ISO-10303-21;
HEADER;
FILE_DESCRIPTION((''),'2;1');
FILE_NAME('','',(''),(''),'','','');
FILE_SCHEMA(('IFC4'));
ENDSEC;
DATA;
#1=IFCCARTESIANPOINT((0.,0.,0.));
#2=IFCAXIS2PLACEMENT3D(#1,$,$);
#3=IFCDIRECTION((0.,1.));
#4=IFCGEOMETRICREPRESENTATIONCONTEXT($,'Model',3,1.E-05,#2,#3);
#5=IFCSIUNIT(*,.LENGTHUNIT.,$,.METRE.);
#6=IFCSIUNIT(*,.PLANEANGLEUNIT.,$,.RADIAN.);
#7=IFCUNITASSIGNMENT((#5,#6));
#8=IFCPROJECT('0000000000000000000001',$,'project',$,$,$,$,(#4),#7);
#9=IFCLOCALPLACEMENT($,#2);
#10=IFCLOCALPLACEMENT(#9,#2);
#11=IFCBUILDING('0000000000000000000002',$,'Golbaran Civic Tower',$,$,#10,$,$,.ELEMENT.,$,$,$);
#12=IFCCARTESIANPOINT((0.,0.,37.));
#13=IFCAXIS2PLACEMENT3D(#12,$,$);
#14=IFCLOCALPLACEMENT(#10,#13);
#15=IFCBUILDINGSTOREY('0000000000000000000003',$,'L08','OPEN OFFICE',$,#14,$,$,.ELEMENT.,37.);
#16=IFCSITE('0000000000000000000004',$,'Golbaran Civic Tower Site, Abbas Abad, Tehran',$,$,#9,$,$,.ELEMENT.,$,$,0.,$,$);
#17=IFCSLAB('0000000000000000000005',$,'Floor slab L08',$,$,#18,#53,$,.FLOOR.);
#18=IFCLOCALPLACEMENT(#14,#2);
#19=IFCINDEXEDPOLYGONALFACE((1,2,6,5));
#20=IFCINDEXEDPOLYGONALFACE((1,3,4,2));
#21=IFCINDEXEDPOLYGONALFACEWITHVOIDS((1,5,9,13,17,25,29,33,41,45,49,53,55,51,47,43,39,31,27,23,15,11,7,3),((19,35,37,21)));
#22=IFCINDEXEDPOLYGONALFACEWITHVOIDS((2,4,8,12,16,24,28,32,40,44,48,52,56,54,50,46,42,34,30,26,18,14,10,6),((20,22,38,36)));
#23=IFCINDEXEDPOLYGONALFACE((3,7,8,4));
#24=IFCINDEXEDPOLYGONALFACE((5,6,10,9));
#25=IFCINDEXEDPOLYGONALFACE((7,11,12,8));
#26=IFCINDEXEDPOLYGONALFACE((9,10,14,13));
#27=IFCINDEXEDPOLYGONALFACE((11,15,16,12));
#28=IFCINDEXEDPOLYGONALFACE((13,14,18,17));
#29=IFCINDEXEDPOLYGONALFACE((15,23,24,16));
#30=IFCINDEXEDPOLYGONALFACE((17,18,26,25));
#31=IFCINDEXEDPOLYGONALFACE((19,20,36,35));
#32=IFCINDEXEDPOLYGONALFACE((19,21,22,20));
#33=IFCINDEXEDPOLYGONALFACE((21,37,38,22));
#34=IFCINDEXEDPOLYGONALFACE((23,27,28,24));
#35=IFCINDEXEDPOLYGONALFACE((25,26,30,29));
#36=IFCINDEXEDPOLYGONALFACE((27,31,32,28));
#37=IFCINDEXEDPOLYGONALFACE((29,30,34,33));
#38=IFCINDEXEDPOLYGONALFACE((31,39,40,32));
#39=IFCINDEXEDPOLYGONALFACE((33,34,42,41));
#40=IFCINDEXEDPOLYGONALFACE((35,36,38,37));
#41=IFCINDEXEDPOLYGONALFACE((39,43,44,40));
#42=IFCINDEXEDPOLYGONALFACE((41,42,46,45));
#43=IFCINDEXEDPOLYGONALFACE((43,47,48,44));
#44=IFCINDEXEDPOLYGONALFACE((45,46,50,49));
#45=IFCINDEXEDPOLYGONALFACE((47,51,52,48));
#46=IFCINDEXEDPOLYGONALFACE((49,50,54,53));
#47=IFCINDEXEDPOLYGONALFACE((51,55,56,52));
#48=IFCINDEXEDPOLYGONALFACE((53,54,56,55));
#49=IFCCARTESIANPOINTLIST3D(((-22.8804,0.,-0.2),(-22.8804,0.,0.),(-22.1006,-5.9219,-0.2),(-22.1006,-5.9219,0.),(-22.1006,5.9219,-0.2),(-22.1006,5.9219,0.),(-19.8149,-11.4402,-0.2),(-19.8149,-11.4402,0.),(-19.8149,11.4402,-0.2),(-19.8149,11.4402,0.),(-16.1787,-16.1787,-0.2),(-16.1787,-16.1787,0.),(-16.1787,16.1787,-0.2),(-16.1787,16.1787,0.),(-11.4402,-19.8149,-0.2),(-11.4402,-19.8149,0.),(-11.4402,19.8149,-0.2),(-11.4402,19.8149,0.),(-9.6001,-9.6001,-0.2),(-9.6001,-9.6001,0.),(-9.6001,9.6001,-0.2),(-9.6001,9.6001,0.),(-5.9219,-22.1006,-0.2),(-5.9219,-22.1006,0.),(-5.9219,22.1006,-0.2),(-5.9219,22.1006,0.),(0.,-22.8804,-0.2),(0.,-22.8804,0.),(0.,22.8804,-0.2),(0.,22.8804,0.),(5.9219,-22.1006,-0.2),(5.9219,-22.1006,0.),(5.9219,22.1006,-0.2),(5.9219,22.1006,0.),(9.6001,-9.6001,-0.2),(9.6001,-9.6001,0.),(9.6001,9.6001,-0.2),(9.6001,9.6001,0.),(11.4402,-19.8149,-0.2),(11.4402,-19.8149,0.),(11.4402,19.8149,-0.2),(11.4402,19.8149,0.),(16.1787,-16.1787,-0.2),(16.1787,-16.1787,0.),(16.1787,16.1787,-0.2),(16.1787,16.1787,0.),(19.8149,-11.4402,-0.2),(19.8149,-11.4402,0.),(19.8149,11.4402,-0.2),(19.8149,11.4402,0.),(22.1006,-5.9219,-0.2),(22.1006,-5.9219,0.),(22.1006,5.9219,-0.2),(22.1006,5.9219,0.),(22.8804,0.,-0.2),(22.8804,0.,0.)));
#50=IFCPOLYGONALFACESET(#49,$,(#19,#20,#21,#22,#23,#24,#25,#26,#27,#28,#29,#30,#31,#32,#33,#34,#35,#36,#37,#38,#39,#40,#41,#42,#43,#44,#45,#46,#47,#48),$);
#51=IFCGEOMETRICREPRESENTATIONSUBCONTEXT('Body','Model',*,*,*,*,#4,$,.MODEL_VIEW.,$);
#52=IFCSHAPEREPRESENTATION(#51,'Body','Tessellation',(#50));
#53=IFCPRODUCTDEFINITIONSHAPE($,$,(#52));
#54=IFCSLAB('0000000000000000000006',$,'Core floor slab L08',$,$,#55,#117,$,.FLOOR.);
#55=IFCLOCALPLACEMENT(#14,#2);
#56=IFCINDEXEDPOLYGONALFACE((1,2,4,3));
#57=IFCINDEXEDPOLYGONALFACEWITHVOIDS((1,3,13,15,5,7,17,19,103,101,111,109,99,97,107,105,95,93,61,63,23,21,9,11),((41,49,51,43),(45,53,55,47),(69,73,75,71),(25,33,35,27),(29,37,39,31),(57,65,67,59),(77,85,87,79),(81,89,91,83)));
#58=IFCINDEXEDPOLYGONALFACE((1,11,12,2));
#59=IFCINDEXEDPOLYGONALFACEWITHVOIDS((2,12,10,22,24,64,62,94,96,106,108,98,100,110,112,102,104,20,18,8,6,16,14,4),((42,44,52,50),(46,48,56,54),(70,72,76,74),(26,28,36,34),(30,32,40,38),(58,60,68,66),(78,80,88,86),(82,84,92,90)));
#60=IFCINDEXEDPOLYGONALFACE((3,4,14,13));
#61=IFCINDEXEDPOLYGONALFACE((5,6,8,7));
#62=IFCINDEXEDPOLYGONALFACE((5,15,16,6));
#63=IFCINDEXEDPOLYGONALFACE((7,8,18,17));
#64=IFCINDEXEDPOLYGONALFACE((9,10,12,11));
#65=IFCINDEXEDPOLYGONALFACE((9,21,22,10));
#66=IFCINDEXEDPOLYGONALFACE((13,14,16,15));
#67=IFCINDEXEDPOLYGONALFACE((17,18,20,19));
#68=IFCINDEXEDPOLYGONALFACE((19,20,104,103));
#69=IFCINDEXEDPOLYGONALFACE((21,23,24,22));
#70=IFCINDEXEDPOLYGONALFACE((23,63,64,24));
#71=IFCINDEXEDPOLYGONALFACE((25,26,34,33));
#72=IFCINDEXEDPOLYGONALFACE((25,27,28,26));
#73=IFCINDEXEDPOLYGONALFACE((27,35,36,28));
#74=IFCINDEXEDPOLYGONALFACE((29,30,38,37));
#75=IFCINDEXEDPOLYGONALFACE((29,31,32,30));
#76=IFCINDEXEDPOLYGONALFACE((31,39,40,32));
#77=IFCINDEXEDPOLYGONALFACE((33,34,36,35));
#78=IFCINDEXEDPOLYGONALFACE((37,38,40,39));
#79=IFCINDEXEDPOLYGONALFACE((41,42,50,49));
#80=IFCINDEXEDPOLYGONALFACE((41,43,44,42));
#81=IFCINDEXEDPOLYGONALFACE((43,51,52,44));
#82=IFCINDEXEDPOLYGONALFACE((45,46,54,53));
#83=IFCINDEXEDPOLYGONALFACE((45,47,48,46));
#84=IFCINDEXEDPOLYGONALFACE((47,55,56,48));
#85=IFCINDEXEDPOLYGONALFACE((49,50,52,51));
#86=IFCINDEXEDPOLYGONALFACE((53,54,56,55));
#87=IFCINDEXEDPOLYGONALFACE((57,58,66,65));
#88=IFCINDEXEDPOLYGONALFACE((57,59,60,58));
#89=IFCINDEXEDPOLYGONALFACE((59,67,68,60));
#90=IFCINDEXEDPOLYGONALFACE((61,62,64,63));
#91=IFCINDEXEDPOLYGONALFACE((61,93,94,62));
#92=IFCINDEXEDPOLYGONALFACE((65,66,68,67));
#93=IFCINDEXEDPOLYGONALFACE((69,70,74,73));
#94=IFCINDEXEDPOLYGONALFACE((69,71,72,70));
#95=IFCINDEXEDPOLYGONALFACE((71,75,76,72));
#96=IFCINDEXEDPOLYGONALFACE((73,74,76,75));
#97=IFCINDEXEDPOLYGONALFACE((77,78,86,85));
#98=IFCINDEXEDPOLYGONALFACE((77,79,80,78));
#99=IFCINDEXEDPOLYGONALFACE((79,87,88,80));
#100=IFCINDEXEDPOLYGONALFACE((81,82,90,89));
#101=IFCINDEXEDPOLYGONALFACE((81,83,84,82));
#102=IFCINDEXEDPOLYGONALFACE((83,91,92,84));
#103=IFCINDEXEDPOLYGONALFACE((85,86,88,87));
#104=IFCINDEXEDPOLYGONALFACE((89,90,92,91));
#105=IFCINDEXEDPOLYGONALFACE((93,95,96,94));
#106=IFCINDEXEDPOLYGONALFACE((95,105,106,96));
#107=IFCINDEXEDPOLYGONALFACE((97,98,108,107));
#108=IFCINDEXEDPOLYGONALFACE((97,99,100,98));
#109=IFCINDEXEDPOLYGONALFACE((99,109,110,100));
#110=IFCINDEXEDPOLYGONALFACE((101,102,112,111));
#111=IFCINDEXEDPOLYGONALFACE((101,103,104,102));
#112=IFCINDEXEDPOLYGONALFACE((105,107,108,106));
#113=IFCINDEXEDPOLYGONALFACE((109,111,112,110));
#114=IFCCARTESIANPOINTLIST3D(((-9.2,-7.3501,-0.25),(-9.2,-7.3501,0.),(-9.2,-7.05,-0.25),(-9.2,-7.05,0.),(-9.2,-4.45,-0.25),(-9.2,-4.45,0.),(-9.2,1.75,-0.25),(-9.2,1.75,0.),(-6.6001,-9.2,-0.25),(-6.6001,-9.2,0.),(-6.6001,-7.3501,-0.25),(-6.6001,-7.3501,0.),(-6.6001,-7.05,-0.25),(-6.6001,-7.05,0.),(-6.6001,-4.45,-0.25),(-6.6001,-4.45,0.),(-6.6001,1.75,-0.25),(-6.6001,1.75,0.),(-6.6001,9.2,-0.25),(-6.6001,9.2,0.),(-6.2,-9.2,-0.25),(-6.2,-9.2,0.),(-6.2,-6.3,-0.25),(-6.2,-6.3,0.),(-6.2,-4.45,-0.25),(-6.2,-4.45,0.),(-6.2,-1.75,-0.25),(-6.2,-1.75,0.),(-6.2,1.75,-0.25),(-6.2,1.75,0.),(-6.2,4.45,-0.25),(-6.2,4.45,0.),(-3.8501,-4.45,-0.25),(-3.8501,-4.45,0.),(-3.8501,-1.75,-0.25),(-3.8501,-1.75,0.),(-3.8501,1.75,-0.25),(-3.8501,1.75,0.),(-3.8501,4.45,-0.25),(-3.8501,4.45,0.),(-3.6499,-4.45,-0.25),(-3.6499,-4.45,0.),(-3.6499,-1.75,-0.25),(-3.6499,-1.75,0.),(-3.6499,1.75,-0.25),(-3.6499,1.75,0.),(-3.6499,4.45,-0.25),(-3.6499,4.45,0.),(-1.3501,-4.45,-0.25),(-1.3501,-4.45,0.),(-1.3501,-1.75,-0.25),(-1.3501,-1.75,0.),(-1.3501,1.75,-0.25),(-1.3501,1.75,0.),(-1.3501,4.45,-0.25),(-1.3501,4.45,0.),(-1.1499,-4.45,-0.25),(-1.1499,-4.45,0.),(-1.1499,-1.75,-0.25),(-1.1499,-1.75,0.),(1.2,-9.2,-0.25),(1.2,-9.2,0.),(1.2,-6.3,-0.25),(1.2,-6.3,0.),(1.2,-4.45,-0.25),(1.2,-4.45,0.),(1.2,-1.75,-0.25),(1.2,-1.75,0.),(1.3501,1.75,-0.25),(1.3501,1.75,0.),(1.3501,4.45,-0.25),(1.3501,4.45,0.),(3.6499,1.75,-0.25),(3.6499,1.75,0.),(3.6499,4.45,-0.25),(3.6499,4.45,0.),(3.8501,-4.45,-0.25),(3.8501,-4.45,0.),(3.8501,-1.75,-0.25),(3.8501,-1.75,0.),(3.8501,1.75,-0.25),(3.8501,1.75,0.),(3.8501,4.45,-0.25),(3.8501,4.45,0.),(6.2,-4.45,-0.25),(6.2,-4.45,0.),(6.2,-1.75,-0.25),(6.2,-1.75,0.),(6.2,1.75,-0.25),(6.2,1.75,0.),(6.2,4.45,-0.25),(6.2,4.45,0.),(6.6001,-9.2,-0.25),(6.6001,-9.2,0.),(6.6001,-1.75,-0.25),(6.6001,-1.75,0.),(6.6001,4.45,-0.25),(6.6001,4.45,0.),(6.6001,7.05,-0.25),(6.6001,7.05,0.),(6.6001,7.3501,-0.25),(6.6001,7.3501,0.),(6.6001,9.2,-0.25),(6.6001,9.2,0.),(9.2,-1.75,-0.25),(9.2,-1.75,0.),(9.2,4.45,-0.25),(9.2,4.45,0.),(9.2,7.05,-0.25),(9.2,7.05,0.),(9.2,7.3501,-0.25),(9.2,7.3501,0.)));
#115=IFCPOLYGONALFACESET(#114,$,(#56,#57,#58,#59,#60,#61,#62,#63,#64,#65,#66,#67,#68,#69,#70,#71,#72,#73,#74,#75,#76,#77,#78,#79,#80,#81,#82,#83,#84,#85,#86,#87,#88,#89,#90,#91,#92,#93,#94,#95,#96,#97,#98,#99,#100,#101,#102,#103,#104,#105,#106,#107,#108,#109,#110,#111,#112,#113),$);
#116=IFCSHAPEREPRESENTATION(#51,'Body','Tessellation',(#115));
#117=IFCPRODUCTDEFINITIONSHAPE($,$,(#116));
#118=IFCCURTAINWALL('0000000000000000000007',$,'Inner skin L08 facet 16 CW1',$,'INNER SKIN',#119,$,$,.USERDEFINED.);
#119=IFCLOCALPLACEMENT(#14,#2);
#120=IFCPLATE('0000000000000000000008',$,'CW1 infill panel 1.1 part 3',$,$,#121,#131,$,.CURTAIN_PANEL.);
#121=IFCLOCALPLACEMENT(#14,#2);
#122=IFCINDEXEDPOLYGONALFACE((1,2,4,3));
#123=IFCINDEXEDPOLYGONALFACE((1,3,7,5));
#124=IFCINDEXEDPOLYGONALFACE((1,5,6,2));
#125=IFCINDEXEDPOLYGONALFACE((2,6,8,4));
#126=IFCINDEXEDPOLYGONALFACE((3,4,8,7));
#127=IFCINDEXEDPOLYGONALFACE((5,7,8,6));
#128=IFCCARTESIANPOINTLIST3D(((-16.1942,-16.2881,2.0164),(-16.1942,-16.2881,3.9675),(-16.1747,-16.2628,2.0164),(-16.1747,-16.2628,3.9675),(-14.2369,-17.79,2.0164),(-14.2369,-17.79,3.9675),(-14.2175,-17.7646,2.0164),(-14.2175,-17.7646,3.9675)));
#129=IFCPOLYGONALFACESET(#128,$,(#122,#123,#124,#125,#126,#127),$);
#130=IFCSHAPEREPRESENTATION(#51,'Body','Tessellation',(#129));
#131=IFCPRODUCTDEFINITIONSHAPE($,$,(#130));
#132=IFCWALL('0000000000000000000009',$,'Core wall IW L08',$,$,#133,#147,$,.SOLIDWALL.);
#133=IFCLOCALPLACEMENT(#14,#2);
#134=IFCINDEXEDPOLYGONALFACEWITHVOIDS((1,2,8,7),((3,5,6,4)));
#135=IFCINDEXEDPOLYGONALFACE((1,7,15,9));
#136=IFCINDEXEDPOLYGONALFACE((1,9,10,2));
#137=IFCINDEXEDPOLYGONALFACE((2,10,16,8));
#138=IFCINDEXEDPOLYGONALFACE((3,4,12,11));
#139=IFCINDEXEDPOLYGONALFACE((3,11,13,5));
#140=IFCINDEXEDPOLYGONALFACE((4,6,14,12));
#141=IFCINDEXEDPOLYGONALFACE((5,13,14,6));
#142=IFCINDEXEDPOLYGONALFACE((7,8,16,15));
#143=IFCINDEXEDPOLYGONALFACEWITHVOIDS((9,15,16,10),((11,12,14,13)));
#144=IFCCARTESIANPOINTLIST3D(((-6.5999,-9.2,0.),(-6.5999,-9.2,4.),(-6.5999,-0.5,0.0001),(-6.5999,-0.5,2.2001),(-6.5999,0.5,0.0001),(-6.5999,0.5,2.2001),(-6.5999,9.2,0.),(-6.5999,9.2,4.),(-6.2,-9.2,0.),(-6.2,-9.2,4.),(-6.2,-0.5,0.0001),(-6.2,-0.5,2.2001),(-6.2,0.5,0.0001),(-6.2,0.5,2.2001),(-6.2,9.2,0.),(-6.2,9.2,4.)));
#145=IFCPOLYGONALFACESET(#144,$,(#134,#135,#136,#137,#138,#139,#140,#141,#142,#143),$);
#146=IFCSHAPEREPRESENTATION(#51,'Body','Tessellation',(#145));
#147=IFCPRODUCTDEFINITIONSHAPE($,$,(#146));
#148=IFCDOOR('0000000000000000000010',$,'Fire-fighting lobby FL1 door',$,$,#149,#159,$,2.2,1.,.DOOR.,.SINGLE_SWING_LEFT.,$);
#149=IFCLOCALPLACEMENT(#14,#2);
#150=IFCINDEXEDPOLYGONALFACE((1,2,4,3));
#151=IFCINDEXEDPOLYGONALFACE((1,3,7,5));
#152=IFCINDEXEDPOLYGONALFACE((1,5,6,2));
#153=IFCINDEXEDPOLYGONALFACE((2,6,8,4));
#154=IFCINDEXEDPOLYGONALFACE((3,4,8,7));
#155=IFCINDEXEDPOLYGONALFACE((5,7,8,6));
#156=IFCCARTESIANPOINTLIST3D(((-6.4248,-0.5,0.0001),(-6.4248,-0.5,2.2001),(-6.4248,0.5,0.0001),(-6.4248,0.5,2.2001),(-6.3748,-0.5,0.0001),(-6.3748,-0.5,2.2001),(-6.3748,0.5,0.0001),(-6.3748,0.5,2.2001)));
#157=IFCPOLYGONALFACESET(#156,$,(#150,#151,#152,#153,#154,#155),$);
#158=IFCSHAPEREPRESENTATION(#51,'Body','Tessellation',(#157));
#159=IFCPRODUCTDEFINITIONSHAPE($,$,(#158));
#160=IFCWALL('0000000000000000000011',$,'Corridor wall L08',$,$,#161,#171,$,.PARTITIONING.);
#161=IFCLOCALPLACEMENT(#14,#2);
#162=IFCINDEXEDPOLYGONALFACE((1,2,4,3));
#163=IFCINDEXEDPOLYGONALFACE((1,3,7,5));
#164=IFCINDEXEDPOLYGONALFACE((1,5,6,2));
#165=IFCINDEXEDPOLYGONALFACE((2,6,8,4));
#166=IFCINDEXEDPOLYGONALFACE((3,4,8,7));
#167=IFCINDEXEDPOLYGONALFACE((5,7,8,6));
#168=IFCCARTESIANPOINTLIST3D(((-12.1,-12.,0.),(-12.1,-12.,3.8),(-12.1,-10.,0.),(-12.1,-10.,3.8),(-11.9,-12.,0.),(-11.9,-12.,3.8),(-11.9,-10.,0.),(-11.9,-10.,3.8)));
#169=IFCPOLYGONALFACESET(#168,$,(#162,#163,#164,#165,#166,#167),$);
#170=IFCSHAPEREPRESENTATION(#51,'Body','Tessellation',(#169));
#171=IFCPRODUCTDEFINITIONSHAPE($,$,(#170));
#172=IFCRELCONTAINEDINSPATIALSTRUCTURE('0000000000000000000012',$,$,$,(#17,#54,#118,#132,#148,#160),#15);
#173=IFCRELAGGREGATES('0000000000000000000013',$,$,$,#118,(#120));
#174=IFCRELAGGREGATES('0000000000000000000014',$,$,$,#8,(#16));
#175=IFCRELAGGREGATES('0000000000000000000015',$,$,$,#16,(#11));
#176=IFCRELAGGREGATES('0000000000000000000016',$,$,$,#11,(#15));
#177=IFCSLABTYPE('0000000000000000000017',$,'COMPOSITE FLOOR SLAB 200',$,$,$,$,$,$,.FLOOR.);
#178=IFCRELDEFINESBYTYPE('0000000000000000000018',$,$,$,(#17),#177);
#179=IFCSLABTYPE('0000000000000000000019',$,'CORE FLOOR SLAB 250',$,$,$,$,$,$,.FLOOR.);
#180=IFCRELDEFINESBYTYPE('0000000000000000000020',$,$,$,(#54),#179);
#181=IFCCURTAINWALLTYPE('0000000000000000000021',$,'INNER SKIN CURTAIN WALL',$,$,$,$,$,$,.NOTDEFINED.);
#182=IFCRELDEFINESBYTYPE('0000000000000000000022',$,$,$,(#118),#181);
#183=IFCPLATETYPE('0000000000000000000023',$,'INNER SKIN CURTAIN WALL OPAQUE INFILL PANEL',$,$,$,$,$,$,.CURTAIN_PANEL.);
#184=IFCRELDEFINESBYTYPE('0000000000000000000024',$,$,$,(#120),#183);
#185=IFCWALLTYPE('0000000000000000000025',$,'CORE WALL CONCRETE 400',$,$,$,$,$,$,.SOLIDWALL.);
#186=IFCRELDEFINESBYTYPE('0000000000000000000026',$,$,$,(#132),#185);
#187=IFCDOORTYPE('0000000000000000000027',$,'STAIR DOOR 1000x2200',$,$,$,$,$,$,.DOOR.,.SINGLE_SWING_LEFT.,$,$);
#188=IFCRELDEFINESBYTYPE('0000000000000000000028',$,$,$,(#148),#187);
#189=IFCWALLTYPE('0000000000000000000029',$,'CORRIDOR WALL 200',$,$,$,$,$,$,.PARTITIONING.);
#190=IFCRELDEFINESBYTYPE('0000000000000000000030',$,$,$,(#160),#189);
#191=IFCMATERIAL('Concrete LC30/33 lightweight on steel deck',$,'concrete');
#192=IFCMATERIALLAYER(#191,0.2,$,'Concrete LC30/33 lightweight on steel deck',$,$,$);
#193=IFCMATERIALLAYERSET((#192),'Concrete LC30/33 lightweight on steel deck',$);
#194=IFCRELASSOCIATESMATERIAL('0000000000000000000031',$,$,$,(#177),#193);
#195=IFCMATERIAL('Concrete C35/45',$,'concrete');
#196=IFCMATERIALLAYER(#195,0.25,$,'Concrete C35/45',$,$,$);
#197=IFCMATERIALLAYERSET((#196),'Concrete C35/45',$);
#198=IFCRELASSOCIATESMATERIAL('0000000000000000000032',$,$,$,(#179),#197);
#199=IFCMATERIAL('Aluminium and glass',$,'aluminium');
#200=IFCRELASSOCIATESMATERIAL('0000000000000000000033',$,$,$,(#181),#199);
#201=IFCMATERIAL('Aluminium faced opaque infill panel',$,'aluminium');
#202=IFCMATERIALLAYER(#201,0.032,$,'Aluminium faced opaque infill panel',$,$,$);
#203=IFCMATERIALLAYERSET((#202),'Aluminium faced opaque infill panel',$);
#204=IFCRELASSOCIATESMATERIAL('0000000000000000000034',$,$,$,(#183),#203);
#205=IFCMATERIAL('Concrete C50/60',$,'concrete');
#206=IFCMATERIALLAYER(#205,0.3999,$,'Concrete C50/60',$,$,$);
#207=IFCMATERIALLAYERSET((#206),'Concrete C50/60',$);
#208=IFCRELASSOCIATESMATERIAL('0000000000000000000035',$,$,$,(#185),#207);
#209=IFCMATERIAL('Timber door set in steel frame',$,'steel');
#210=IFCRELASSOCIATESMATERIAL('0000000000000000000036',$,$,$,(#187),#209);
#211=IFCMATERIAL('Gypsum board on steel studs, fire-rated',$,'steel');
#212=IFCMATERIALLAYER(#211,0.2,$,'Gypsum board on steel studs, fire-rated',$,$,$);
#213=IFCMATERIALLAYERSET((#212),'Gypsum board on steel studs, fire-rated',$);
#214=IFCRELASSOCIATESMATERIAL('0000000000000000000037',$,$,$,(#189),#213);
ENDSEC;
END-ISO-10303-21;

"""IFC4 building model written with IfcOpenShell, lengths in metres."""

from ifc_helpers import new_model, si_unit, direction, frame, frame_2d, origin, origin_2d, place, context, subcontext, project, spatial, polyline, rectangle, outline, extrude, material, layer, layer_set, type_object, element, fill, aggregate, save


model = new_model("IFC4")

# Units and contexts
model_context = context("Model", 3, precision=1e-05, world=origin(), true_north=direction((0.0, 1.0)))
body_context = subcontext(model_context, "Body", "Model", "MODEL_VIEW")
ifc_project = project(units=[si_unit("LENGTHUNIT", "METRE"), si_unit("PLANEANGLEUNIT", "RADIAN")], contexts=[model_context])

# Site, building, storey
site_placement = place(None, origin())
site = spatial("IfcSite", under=ifc_project, at=site_placement, Name="Golbaran Civic Tower Site, Abbas Abad, Tehran", CompositionType="ELEMENT", RefElevation=0.0)
building_placement = place(site_placement, origin())
building = spatial("IfcBuilding", under=site, at=building_placement, Name="Golbaran Civic Tower", CompositionType="ELEMENT")
storey_placement = place(building_placement, frame((0.0, 0.0, 37.0)))
storey = spatial("IfcBuildingStorey", under=building, at=storey_placement, Name="L08", Description="OPEN OFFICE", CompositionType="ELEMENT", Elevation=37.0)

# Slabs
ifc_material_1 = material(Name="Concrete LC30/33 lightweight on steel deck", Category="concrete")
ifc_layer_1 = layer(ifc_material_1, 0.2, Name="Concrete LC30/33 lightweight on steel deck")
ifc_layer_set_1 = layer_set([ifc_layer_1], Name="Concrete LC30/33 lightweight on steel deck")
slab_type_1 = type_object("IfcSlabType", Name="COMPOSITE FLOOR SLAB 200", PredefinedType="FLOOR", material=ifc_layer_set_1)
slab_1_placement = place(storey_placement, frame((0.0, 0.0, -0.2)))
element("IfcSlab", 1, at=slab_1_placement, inside=storey, type_object=slab_type_1, Name="Floor slab L08", PredefinedType="FLOOR", context=body_context, shape_type="SweptSolid", body=[
    extrude(outline(polyline([(19.8149, -11.4402), (16.1787, -16.1787), (11.4402, -19.8149), (5.9219, -22.1006), (0.0, -22.8804), (-5.9219, -22.1006), (-11.4402, -19.8149), (-16.1787, -16.1787), (-19.8149, -11.4402), (-22.1006, -5.9219), (-22.8804, 0.0), (-22.1006, 5.9219), (-19.8149, 11.4402), (-16.1787, 16.1787), (-11.4402, 19.8149), (-5.9219, 22.1006), (0.0, 22.8804), (5.9219, 22.1006), (11.4402, 19.8149), (16.1787, 16.1787), (19.8149, 11.4402), (22.1006, 5.9219), (22.8804, 0.0), (22.1006, -5.9219), (19.8149, -11.4402)]), holes=[polyline([(-9.6001, 9.6001), (-9.6001, -9.6001), (9.6001, -9.6001), (9.6001, 9.6001), (-9.6001, 9.6001)])]), origin(), (0.0, 0.0, 1.0), 0.2),
])
ifc_material_2 = material(Name="Concrete C35/45", Category="concrete")
ifc_layer_2 = layer(ifc_material_2, 0.25, Name="Concrete C35/45")
ifc_layer_set_2 = layer_set([ifc_layer_2], Name="Concrete C35/45")
slab_type_2 = type_object("IfcSlabType", Name="CORE FLOOR SLAB 250", PredefinedType="FLOOR", material=ifc_layer_set_2)
slab_2_placement = place(storey_placement, frame((0.0, 0.0, -0.25)))
element("IfcSlab", 2, at=slab_2_placement, inside=storey, type_object=slab_type_2, Name="Core floor slab L08", PredefinedType="FLOOR", context=body_context, shape_type="SweptSolid", body=[
    extrude(outline(polyline([(6.6001, -1.75), (6.6001, -9.2), (1.2, -9.2), (1.2, -6.3), (-6.2, -6.3), (-6.2, -9.2), (-6.6001, -9.2), (-6.6001, -7.3501), (-9.2, -7.3501), (-9.2, -7.05), (-6.6001, -7.05), (-6.6001, -4.45), (-9.2, -4.45), (-9.2, 1.75), (-6.6001, 1.75), (-6.6001, 9.2), (6.6001, 9.2), (6.6001, 7.3501), (9.2, 7.3501), (9.2, 7.05), (6.6001, 7.05), (6.6001, 4.45), (9.2, 4.45), (9.2, -1.75), (6.6001, -1.75)]), holes=[polyline([(6.2, -1.75), (3.8501, -1.75), (3.8501, -4.45), (6.2, -4.45), (6.2, -1.75)]), polyline([(6.2, 4.45), (3.8501, 4.45), (3.8501, 1.75), (6.2, 1.75), (6.2, 4.45)]), polyline([(3.6499, 4.45), (1.3501, 4.45), (1.3501, 1.75), (3.6499, 1.75), (3.6499, 4.45)]), polyline([(1.2, -1.75), (-1.1499, -1.75), (-1.1499, -4.45), (1.2, -4.45), (1.2, -1.75)]), polyline([(-1.3501, 4.45), (-3.6499, 4.45), (-3.6499, 1.75), (-1.3501, 1.75), (-1.3501, 4.45)]), polyline([(-1.3501, -1.75), (-3.6499, -1.75), (-3.6499, -4.45), (-1.3501, -4.45), (-1.3501, -1.75)]), polyline([(-3.8501, -1.75), (-6.2, -1.75), (-6.2, -4.45), (-3.8501, -4.45), (-3.8501, -1.75)]), polyline([(-3.8501, 4.45), (-6.2, 4.45), (-6.2, 1.75), (-3.8501, 1.75), (-3.8501, 4.45)])]), origin(), (0.0, 0.0, 1.0), 0.25),
])

# Curtain wall, plate
ifc_material_3 = material(Name="Aluminium and glass", Category="aluminium")
curtain_wall_type = type_object("IfcCurtainWallType", Name="INNER SKIN CURTAIN WALL", PredefinedType="NOTDEFINED", material=ifc_material_3)
curtain_wall_placement = place(storey_placement, origin())
curtain_wall = element("IfcCurtainWall", 3, at=curtain_wall_placement, inside=storey, type_object=curtain_wall_type, Name="Inner skin L08 facet 16 CW1", ObjectType="INNER SKIN", PredefinedType="USERDEFINED")
ifc_material_4 = material(Name="Aluminium faced opaque infill panel", Category="aluminium")
ifc_layer_3 = layer(ifc_material_4, 0.032, Name="Aluminium faced opaque infill panel")
ifc_layer_set_3 = layer_set([ifc_layer_3], Name="Aluminium faced opaque infill panel")
plate_type = type_object("IfcPlateType", Name="INNER SKIN CURTAIN WALL OPAQUE INFILL PANEL", PredefinedType="CURTAIN_PANEL", material=ifc_layer_set_3)
plate_placement = place(storey_placement, frame((-15.2058, -17.0264, 2.0164), z_axis=(0.0, 0.0, 1.0), x_axis=(0.793353, -0.608761, 0.0)))
plate = element("IfcPlate", 4, at=plate_placement, type_object=plate_type, Name="CW1 infill panel 1.1 part 3", PredefinedType="CURTAIN_PANEL", context=body_context, shape_type="SweptSolid", body=[
    extrude(rectangle(XDim=2.467, YDim=0.032, at=origin_2d()), origin(), (0.0, 0.0, 1.0), 1.9512),
])
aggregate(curtain_wall, [plate])

# Wall, opening, door
ifc_material_5 = material(Name="Concrete C50/60", Category="concrete")
ifc_layer_4 = layer(ifc_material_5, 0.3999, Name="Concrete C50/60")
ifc_layer_set_4 = layer_set([ifc_layer_4], Name="Concrete C50/60")
wall_type_1 = type_object("IfcWallType", Name="CORE WALL CONCRETE 400", PredefinedType="SOLIDWALL", material=ifc_layer_set_4)
wall_1_placement = place(storey_placement, frame((-6.3999, -9.2, 0.0), z_axis=(0.0, 0.0, 1.0), x_axis=(0.0, 1.0, 0.0)))
wall_1 = element("IfcWall", 5, at=wall_1_placement, inside=storey, type_object=wall_type_1, Name="Core wall IW L08", PredefinedType="SOLIDWALL", context=body_context, shape_type="SweptSolid", body=[
    extrude(rectangle(XDim=18.3999, YDim=0.3999, at=frame_2d((9.2, 0.0))), origin(), (0.0, 0.0, 1.0), 4.0),
])
opening_1_placement = place(wall_1_placement, frame((8.7, 0.0, 0.0)))
opening_1 = element("IfcOpeningElement", 6, at=opening_1_placement, cuts=wall_1, PredefinedType="OPENING", context=body_context, shape_type="SweptSolid", body=[
    extrude(rectangle(XDim=1.0, YDim=2.2, at=frame_2d((0.5, 1.1001))), frame((0.0, 0.21, 0.0), z_axis=(0.0, -1.0, 0.0), x_axis=(1.0, 0.0, 0.0)), (0.0, 0.0, 1.0), 0.4199),
])
ifc_material_6 = material(Name="Timber door set in steel frame", Category="steel")
door_type_1 = type_object("IfcDoorType", Name="STAIR DOOR 1000x2200", OperationType="SINGLE_SWING_LEFT", PredefinedType="DOOR", material=ifc_material_6)
door_1_placement = place(opening_1_placement, origin())
door_1 = element("IfcDoor", 7, at=door_1_placement, inside=storey, type_object=door_type_1, Name="Fire-fighting lobby FL1 door", OperationType="SINGLE_SWING_LEFT", OverallHeight=2.2, OverallWidth=1.0, PredefinedType="DOOR", context=body_context, shape_type="SweptSolid", body=[
    extrude(rectangle(XDim=1.0, YDim=2.2, at=frame_2d((0.5, 1.1001))), frame((0.0, 0.0249, 0.0), z_axis=(0.0, -1.0, 0.0), x_axis=(1.0, 0.0, 0.0)), (0.0, 0.0, 1.0), 0.05),
])
fill(opening_1, door_1)

# Wall
ifc_material_7 = material(Name="Gypsum board on steel studs, fire-rated", Category="steel")
ifc_layer_5 = layer(ifc_material_7, 0.2, Name="Gypsum board on steel studs, fire-rated")
ifc_layer_set_5 = layer_set([ifc_layer_5], Name="Gypsum board on steel studs, fire-rated")
wall_type_2 = type_object("IfcWallType", Name="CORRIDOR WALL 200", PredefinedType="PARTITIONING", material=ifc_layer_set_5)
wall_2_placement = place(storey_placement, frame((-12.0, -10.0, 0.0), z_axis=(0.0, 0.0, 1.0), x_axis=(0.0, -1.0, 0.0)))
element("IfcWall", 8, at=wall_2_placement, inside=storey, type_object=wall_type_2, Name="Corridor wall L08", PredefinedType="PARTITIONING", context=body_context, shape_type="SweptSolid", body=[
    extrude(rectangle(XDim=2.0, YDim=0.2, at=frame_2d((1.0, 0.0))), origin(), (0.0, 0.0, 1.0), 3.8),
])

save(model, "model.ifc")
